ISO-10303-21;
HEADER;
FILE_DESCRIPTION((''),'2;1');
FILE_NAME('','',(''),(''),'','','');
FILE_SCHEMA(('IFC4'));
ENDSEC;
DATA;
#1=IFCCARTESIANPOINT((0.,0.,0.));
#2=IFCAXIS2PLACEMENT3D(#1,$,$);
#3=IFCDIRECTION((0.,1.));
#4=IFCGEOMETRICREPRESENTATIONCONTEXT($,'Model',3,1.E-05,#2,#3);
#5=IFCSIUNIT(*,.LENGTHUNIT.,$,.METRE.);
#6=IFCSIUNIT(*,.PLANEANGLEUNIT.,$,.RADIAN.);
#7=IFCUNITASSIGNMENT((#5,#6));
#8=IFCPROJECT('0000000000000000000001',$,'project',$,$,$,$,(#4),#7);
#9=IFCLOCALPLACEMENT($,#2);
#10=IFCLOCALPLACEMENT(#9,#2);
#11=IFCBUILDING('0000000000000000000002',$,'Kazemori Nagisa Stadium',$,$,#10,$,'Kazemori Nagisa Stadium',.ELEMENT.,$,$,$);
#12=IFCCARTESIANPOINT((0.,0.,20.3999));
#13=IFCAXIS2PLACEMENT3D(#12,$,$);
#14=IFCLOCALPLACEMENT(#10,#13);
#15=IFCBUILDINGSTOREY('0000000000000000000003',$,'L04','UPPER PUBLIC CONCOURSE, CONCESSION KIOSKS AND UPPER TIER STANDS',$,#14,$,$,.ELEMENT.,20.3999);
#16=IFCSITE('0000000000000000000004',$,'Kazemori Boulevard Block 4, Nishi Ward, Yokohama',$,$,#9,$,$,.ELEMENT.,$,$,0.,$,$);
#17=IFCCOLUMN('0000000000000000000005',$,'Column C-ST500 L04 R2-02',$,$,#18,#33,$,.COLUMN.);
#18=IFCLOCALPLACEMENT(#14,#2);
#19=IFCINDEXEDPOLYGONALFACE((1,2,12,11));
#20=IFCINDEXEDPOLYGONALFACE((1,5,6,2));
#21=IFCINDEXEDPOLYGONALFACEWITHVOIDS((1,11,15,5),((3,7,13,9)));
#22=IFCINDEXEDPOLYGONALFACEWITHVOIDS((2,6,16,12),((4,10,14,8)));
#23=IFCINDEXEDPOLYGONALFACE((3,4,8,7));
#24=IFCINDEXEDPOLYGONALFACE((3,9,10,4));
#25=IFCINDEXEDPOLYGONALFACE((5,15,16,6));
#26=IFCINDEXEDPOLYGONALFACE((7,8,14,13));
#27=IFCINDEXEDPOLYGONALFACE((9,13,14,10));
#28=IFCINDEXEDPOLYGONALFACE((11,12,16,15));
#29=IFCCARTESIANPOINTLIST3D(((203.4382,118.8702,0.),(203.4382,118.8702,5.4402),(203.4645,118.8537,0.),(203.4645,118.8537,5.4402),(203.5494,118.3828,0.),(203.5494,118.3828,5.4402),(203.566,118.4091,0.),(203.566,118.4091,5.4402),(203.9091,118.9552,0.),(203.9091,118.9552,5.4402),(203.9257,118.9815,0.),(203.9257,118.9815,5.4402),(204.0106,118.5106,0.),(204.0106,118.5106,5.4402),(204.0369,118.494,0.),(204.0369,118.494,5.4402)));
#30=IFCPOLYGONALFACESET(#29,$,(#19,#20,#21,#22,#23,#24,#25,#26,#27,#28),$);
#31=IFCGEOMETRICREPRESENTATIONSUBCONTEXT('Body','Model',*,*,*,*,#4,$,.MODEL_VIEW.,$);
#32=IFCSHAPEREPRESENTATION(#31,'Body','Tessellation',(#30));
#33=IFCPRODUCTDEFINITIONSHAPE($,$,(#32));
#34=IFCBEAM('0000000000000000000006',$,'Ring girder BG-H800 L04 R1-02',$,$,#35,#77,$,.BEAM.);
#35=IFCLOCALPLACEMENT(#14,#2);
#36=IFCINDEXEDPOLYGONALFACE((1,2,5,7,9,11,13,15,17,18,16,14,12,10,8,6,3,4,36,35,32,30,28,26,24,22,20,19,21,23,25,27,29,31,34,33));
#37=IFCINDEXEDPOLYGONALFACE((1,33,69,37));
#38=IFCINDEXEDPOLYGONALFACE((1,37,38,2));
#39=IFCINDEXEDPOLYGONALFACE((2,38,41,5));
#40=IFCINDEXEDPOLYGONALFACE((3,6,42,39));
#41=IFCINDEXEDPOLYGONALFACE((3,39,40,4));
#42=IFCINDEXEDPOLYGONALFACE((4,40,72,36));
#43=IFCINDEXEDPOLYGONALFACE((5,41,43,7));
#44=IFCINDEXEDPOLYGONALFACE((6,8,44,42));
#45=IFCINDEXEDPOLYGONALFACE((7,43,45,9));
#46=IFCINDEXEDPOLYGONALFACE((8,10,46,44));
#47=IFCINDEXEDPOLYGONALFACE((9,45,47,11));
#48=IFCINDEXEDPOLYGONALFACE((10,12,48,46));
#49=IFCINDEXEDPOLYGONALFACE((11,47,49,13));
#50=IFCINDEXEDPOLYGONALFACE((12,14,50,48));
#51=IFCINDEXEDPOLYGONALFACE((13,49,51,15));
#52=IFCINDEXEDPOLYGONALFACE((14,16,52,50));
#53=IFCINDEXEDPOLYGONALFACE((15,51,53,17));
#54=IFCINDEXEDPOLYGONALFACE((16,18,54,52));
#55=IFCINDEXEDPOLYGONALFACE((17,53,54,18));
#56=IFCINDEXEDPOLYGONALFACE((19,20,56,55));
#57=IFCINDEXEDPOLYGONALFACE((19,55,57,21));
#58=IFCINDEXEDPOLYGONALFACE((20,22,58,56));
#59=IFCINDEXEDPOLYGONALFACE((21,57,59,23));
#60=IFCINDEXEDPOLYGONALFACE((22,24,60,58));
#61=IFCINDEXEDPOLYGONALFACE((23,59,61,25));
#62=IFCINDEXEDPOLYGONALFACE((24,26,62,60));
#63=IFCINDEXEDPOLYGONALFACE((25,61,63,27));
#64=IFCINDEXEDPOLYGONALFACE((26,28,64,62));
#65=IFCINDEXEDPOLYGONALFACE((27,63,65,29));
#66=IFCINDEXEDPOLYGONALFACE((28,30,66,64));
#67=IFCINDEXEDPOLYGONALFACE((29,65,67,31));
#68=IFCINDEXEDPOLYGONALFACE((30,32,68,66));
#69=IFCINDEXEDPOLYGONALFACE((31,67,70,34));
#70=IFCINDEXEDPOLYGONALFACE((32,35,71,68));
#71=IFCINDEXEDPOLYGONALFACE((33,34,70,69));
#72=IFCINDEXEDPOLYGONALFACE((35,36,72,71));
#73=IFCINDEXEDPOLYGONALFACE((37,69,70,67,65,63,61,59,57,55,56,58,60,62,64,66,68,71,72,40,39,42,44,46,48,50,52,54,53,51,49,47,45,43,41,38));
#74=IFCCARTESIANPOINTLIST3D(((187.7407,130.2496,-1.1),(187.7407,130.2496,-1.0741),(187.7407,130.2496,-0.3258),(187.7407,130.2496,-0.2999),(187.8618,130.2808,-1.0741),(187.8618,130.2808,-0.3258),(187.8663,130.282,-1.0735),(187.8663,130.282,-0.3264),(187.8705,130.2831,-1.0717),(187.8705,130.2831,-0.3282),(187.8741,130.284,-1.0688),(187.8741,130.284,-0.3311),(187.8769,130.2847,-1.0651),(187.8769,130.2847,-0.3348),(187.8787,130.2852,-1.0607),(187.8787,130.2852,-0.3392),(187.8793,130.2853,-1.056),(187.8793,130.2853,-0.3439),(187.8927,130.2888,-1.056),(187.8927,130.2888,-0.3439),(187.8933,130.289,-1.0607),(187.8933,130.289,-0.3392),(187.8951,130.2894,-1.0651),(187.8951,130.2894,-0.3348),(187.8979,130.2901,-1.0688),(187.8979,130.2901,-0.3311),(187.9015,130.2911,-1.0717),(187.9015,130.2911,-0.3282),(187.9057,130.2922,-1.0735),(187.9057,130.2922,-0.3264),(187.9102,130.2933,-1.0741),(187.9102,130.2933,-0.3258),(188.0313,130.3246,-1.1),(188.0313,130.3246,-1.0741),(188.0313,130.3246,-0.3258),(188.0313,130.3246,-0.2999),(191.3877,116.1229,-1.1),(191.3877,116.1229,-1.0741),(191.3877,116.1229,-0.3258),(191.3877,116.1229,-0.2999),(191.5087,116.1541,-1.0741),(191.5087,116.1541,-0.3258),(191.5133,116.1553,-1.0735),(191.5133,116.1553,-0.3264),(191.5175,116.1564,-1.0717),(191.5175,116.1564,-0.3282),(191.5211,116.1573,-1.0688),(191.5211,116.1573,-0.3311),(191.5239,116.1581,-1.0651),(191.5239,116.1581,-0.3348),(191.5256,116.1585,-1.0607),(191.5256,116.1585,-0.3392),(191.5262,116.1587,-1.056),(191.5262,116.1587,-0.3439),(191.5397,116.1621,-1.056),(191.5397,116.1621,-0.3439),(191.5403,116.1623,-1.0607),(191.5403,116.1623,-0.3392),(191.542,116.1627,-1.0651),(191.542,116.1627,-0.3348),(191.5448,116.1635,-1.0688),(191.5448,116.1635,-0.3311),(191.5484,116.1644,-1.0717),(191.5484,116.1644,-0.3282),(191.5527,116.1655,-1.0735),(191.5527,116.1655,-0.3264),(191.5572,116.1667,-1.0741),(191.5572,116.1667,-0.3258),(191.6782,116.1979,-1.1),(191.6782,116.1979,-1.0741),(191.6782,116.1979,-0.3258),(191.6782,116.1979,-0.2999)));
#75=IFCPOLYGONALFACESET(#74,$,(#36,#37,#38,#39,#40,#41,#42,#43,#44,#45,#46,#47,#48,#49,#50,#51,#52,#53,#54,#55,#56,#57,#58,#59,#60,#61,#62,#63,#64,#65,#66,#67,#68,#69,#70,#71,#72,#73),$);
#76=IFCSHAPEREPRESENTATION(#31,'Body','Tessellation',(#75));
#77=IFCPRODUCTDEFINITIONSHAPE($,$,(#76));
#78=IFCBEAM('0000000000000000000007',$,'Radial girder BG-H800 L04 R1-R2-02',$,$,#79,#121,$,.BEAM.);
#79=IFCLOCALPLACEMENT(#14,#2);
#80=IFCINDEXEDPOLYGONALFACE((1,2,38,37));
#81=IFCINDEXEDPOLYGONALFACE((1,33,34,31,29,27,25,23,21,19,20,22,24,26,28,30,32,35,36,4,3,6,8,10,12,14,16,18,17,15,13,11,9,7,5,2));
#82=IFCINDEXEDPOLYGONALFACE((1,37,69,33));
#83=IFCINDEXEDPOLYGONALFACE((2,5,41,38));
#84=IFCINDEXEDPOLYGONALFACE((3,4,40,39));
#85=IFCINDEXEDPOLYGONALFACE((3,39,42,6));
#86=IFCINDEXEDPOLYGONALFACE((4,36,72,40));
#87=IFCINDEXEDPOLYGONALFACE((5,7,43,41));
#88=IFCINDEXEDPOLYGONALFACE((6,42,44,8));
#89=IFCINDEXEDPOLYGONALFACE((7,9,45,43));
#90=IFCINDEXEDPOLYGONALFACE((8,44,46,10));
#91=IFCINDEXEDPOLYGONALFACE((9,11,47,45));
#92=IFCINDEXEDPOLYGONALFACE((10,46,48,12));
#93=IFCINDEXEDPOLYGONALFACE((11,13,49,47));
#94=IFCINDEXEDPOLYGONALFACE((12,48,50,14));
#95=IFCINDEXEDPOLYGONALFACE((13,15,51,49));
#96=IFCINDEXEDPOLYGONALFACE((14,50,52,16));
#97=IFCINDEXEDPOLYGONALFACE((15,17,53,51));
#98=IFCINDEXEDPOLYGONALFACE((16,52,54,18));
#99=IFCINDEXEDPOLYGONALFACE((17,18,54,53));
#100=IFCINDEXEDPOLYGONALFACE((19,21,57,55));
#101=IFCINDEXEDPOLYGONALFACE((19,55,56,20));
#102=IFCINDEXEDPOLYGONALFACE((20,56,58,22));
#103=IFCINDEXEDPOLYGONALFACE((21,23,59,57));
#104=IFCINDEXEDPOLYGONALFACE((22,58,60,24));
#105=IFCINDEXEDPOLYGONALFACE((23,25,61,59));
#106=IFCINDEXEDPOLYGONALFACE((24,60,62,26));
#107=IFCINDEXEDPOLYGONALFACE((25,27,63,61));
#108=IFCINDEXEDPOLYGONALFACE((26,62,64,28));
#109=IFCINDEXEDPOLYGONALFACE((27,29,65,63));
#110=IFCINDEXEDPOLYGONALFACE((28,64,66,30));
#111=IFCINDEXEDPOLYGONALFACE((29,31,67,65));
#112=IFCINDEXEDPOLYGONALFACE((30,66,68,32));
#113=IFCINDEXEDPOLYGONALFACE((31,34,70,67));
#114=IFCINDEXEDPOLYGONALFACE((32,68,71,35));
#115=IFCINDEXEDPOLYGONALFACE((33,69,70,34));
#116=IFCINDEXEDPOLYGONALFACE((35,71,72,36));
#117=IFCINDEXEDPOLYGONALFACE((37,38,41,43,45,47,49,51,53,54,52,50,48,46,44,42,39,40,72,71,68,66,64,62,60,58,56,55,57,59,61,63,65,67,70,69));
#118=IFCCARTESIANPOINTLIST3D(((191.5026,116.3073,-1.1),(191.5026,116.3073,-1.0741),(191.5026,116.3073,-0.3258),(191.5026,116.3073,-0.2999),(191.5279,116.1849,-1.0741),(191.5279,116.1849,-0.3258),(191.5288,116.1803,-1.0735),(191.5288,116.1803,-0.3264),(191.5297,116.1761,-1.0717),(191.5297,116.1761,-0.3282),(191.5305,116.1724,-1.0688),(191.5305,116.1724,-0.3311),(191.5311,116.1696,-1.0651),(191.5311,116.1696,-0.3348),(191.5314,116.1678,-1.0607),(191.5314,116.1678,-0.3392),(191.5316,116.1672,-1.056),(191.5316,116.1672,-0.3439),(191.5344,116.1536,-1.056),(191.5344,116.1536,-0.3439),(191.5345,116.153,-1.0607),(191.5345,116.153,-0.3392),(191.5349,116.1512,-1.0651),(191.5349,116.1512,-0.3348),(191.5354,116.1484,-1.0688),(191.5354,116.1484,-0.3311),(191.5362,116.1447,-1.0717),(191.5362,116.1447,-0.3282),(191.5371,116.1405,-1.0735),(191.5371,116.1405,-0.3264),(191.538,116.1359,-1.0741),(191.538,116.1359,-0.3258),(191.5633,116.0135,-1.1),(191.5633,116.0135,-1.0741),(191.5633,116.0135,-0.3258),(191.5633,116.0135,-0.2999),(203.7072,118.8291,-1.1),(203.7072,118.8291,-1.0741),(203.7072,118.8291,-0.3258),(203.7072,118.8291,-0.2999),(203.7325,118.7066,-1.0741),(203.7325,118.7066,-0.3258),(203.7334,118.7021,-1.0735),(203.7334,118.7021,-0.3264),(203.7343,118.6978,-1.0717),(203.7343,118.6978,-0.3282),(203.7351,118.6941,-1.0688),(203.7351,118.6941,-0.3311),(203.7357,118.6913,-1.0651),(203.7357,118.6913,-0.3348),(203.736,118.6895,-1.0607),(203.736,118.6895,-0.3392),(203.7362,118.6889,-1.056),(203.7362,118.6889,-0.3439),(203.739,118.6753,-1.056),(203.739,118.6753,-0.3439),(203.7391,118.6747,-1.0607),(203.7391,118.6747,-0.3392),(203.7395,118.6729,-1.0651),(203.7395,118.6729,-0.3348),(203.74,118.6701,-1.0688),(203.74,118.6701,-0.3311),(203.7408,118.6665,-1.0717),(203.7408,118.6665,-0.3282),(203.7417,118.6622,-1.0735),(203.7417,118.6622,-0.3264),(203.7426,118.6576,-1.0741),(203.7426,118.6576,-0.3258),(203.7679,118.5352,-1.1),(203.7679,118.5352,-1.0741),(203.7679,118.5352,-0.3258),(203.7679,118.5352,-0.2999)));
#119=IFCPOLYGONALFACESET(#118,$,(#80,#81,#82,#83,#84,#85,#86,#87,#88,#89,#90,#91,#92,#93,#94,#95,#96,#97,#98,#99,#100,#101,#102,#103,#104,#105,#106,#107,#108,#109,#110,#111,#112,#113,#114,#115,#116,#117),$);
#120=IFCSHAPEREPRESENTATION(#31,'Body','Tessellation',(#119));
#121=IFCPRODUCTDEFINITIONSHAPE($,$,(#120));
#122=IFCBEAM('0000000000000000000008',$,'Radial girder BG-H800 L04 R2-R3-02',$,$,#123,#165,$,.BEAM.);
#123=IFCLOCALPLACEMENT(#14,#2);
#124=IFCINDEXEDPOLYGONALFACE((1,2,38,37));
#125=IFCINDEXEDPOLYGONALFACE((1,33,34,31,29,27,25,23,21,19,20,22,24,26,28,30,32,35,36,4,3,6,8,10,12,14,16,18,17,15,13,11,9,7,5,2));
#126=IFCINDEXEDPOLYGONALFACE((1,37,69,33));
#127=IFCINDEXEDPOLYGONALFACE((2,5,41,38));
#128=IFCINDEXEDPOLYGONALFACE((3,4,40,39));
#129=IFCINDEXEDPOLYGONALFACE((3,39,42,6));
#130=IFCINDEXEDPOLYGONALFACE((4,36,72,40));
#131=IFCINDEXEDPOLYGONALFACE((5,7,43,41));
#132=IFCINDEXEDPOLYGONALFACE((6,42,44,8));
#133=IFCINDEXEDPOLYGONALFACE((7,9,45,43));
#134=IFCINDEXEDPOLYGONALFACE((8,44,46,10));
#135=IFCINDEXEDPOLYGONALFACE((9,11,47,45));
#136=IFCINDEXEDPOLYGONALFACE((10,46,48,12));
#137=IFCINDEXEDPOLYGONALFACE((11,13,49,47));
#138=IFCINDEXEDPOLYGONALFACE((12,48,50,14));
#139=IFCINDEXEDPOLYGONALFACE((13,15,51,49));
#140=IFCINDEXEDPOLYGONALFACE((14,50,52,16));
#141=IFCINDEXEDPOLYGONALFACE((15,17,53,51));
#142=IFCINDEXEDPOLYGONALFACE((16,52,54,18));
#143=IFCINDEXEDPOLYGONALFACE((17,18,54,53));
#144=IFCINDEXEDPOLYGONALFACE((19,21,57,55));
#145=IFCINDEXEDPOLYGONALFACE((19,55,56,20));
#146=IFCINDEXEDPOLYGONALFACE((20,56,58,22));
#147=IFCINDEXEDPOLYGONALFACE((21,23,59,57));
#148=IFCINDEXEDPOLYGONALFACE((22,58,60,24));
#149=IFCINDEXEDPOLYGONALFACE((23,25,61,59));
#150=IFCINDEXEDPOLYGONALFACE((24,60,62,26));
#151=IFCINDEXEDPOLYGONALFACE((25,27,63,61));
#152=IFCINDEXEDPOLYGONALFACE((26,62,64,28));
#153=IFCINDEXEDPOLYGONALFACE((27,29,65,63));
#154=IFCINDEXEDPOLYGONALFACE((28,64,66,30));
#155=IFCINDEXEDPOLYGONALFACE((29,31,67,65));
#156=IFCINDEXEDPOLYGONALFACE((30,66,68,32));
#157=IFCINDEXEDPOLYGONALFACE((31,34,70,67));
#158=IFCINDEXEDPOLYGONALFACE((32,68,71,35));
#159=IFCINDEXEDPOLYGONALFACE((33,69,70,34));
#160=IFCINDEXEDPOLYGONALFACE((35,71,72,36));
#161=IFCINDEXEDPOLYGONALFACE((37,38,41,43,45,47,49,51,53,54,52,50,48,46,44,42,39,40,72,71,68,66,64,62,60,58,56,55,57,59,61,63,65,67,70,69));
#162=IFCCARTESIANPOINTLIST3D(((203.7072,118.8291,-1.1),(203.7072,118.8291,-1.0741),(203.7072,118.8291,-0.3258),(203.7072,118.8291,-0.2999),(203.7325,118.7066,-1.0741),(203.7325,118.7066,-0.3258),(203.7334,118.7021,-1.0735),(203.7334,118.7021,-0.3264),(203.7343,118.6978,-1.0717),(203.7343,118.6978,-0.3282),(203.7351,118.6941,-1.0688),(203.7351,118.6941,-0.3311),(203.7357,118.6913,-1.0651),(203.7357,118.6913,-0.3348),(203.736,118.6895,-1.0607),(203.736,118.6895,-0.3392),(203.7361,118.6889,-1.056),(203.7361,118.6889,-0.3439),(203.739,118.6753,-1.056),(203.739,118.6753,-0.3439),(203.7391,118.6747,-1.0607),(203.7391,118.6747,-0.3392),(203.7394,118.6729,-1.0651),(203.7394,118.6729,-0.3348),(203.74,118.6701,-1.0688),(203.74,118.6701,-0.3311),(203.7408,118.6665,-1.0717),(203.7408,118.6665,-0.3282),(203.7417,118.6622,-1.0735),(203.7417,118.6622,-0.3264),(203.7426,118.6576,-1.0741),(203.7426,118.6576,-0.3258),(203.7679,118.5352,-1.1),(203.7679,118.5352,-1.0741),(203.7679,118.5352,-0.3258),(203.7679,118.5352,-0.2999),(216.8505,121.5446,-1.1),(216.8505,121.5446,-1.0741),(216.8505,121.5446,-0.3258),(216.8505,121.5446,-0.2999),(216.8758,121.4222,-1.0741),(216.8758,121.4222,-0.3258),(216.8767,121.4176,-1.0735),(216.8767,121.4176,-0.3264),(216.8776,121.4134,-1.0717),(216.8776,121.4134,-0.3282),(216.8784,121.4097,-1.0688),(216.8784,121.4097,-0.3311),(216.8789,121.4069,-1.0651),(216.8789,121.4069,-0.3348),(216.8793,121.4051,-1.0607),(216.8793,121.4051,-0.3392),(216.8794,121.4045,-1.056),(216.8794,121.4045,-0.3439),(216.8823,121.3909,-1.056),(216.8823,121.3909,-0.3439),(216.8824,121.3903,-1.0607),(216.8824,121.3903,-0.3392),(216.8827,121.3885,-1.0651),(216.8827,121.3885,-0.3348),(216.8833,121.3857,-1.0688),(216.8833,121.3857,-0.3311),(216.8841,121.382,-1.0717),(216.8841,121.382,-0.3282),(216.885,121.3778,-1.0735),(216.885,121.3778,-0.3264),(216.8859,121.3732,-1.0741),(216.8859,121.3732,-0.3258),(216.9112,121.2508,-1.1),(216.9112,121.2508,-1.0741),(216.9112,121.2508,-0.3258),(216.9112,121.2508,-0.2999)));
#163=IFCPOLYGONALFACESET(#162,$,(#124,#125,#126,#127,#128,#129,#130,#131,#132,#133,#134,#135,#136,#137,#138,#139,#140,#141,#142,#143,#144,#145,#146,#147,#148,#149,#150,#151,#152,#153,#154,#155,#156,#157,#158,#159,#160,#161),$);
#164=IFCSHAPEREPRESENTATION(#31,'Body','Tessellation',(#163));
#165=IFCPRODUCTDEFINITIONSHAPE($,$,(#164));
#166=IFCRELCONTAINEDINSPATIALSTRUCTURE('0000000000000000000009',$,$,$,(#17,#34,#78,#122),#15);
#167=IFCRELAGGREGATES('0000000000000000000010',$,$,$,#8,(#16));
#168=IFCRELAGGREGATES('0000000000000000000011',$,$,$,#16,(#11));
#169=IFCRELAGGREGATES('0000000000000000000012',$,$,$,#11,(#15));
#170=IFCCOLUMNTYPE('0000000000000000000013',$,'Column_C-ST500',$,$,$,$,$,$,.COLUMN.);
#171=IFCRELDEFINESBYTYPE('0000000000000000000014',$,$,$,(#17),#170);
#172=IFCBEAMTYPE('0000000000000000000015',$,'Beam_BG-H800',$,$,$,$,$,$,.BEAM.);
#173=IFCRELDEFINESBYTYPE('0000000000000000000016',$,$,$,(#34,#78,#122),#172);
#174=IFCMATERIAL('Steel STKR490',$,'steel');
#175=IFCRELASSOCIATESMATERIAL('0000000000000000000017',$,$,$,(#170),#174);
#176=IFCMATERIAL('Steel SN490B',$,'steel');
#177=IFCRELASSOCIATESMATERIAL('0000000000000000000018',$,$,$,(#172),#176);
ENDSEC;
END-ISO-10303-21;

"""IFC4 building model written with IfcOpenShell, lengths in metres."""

from ifc_helpers import new_model, si_unit, direction, frame, origin, origin_2d, place, context, subcontext, project, spatial, hollow_rectangle, i_section, extrude, material, material_profile, profile_set, type_object, element, save


model = new_model("IFC4")

# Units and contexts
model_context = context("Model", 3, precision=1e-05, world=origin(), true_north=direction((0.0, 1.0)))
body_context = subcontext(model_context, "Body", "Model", "MODEL_VIEW")
ifc_project = project(units=[si_unit("LENGTHUNIT", "METRE"), si_unit("PLANEANGLEUNIT", "RADIAN")], contexts=[model_context])

# Site, building, storey
site_placement = place(None, origin())
site = spatial("IfcSite", under=ifc_project, at=site_placement, Name="Kazemori Boulevard Block 4, Nishi Ward, Yokohama", CompositionType="ELEMENT", RefElevation=0.0)
building_placement = place(site_placement, origin())
building = spatial("IfcBuilding", under=site, at=building_placement, Name="Kazemori Nagisa Stadium", LongName="Kazemori Nagisa Stadium", CompositionType="ELEMENT")
storey_placement = place(building_placement, frame((0.0, 0.0, 20.3999)))
storey = spatial("IfcBuildingStorey", under=building, at=storey_placement, Name="L04", Description="UPPER PUBLIC CONCOURSE, CONCESSION KIOSKS AND UPPER TIER STANDS", CompositionType="ELEMENT", Elevation=20.3999)

# Column
ifc_material_1 = material(Name="Steel STKR490", Category="steel")
ifc_material_profile_1 = material_profile(ifc_material_1, hollow_rectangle(XDim=0.5, YDim=0.5, WallThickness=0.022, at=origin_2d()), Name="SHS-500x500x22")
ifc_profile_set_1 = profile_set([ifc_material_profile_1], Name="Steel STKR490")
column_type = type_object("IfcColumnType", Name="Column_C-ST500", PredefinedType="COLUMN", material=ifc_profile_set_1)
column_placement = place(storey_placement, frame((203.7375, 118.6821, 0.0), z_axis=(0.0, 0.0, 1.0), x_axis=(0.974928, 0.222521, 0.0)))
element("IfcColumn", 1, at=column_placement, inside=storey, type_object=column_type, Name="Column C-ST500 L04 R2-02", PredefinedType="COLUMN", context=body_context, shape_type="SweptSolid", body=[
    extrude(hollow_rectangle(XDim=0.5, YDim=0.5, WallThickness=0.022, at=origin_2d()), origin(), (0.0, 0.0, 1.0), 5.4402),
])

# Beams
ifc_material_2 = material(Name="Steel SN490B", Category="steel")
ifc_material_profile_2 = material_profile(ifc_material_2, i_section(OverallWidth=0.3, OverallDepth=0.8, WebThickness=0.0139, FlangeThickness=0.0259, FilletRadius=0.0181, at=origin_2d()), Name="H-800x300x14x26")
ifc_profile_set_2 = profile_set([ifc_material_profile_2], Name="Steel SN490B")
beam_type_1 = type_object("IfcBeamType", Name="Beam_BG-H800", PredefinedType="BEAM", material=ifc_profile_set_2)
beam_1_placement = place(storey_placement, frame((191.533, 116.1604, -0.7), z_axis=(-0.249966, 0.968255, 0.0), x_axis=(-0.968255, -0.249966, 0.0)))
element("IfcBeam", 2, at=beam_1_placement, inside=storey, type_object=beam_type_1, Name="Ring girder BG-H800 L04 R1-02", PredefinedType="BEAM", context=body_context, shape_type="SweptSolid", body=[
    extrude(i_section(OverallWidth=0.3, OverallDepth=0.8, WebThickness=0.0139, FlangeThickness=0.0259, FilletRadius=0.0181, at=origin_2d()), origin(), (0.0, 0.0, 1.0), 14.5898),
])
beam_2_placement = place(storey_placement, frame((191.533, 116.1604, -0.7), z_axis=(0.979314, 0.202347, 0.0), x_axis=(-0.202347, 0.979314, 0.0)))
element("IfcBeam", 3, at=beam_2_placement, inside=storey, type_object=beam_type_1, Name="Radial girder BG-H800 L04 R1-R2-02", PredefinedType="BEAM", context=body_context, shape_type="SweptSolid", body=[
    extrude(i_section(OverallWidth=0.3, OverallDepth=0.8, WebThickness=0.0139, FlangeThickness=0.0259, FilletRadius=0.0181, at=origin_2d()), origin(), (0.0, 0.0, 1.0), 12.4624),
])
beam_3_placement = place(storey_placement, frame((203.7375, 118.6821, -0.7), z_axis=(0.979316, 0.202339, 0.0), x_axis=(-0.202339, 0.979316, 0.0)))
element("IfcBeam", 4, at=beam_3_placement, inside=storey, type_object=beam_type_1, Name="Radial girder BG-H800 L04 R2-R3-02", PredefinedType="BEAM", context=body_context, shape_type="SweptSolid", body=[
    extrude(i_section(OverallWidth=0.3, OverallDepth=0.8, WebThickness=0.0139, FlangeThickness=0.0259, FilletRadius=0.0181, at=origin_2d()), origin(), (0.0, 0.0, 1.0), 13.4209),
])

save(model, "model.ifc")
